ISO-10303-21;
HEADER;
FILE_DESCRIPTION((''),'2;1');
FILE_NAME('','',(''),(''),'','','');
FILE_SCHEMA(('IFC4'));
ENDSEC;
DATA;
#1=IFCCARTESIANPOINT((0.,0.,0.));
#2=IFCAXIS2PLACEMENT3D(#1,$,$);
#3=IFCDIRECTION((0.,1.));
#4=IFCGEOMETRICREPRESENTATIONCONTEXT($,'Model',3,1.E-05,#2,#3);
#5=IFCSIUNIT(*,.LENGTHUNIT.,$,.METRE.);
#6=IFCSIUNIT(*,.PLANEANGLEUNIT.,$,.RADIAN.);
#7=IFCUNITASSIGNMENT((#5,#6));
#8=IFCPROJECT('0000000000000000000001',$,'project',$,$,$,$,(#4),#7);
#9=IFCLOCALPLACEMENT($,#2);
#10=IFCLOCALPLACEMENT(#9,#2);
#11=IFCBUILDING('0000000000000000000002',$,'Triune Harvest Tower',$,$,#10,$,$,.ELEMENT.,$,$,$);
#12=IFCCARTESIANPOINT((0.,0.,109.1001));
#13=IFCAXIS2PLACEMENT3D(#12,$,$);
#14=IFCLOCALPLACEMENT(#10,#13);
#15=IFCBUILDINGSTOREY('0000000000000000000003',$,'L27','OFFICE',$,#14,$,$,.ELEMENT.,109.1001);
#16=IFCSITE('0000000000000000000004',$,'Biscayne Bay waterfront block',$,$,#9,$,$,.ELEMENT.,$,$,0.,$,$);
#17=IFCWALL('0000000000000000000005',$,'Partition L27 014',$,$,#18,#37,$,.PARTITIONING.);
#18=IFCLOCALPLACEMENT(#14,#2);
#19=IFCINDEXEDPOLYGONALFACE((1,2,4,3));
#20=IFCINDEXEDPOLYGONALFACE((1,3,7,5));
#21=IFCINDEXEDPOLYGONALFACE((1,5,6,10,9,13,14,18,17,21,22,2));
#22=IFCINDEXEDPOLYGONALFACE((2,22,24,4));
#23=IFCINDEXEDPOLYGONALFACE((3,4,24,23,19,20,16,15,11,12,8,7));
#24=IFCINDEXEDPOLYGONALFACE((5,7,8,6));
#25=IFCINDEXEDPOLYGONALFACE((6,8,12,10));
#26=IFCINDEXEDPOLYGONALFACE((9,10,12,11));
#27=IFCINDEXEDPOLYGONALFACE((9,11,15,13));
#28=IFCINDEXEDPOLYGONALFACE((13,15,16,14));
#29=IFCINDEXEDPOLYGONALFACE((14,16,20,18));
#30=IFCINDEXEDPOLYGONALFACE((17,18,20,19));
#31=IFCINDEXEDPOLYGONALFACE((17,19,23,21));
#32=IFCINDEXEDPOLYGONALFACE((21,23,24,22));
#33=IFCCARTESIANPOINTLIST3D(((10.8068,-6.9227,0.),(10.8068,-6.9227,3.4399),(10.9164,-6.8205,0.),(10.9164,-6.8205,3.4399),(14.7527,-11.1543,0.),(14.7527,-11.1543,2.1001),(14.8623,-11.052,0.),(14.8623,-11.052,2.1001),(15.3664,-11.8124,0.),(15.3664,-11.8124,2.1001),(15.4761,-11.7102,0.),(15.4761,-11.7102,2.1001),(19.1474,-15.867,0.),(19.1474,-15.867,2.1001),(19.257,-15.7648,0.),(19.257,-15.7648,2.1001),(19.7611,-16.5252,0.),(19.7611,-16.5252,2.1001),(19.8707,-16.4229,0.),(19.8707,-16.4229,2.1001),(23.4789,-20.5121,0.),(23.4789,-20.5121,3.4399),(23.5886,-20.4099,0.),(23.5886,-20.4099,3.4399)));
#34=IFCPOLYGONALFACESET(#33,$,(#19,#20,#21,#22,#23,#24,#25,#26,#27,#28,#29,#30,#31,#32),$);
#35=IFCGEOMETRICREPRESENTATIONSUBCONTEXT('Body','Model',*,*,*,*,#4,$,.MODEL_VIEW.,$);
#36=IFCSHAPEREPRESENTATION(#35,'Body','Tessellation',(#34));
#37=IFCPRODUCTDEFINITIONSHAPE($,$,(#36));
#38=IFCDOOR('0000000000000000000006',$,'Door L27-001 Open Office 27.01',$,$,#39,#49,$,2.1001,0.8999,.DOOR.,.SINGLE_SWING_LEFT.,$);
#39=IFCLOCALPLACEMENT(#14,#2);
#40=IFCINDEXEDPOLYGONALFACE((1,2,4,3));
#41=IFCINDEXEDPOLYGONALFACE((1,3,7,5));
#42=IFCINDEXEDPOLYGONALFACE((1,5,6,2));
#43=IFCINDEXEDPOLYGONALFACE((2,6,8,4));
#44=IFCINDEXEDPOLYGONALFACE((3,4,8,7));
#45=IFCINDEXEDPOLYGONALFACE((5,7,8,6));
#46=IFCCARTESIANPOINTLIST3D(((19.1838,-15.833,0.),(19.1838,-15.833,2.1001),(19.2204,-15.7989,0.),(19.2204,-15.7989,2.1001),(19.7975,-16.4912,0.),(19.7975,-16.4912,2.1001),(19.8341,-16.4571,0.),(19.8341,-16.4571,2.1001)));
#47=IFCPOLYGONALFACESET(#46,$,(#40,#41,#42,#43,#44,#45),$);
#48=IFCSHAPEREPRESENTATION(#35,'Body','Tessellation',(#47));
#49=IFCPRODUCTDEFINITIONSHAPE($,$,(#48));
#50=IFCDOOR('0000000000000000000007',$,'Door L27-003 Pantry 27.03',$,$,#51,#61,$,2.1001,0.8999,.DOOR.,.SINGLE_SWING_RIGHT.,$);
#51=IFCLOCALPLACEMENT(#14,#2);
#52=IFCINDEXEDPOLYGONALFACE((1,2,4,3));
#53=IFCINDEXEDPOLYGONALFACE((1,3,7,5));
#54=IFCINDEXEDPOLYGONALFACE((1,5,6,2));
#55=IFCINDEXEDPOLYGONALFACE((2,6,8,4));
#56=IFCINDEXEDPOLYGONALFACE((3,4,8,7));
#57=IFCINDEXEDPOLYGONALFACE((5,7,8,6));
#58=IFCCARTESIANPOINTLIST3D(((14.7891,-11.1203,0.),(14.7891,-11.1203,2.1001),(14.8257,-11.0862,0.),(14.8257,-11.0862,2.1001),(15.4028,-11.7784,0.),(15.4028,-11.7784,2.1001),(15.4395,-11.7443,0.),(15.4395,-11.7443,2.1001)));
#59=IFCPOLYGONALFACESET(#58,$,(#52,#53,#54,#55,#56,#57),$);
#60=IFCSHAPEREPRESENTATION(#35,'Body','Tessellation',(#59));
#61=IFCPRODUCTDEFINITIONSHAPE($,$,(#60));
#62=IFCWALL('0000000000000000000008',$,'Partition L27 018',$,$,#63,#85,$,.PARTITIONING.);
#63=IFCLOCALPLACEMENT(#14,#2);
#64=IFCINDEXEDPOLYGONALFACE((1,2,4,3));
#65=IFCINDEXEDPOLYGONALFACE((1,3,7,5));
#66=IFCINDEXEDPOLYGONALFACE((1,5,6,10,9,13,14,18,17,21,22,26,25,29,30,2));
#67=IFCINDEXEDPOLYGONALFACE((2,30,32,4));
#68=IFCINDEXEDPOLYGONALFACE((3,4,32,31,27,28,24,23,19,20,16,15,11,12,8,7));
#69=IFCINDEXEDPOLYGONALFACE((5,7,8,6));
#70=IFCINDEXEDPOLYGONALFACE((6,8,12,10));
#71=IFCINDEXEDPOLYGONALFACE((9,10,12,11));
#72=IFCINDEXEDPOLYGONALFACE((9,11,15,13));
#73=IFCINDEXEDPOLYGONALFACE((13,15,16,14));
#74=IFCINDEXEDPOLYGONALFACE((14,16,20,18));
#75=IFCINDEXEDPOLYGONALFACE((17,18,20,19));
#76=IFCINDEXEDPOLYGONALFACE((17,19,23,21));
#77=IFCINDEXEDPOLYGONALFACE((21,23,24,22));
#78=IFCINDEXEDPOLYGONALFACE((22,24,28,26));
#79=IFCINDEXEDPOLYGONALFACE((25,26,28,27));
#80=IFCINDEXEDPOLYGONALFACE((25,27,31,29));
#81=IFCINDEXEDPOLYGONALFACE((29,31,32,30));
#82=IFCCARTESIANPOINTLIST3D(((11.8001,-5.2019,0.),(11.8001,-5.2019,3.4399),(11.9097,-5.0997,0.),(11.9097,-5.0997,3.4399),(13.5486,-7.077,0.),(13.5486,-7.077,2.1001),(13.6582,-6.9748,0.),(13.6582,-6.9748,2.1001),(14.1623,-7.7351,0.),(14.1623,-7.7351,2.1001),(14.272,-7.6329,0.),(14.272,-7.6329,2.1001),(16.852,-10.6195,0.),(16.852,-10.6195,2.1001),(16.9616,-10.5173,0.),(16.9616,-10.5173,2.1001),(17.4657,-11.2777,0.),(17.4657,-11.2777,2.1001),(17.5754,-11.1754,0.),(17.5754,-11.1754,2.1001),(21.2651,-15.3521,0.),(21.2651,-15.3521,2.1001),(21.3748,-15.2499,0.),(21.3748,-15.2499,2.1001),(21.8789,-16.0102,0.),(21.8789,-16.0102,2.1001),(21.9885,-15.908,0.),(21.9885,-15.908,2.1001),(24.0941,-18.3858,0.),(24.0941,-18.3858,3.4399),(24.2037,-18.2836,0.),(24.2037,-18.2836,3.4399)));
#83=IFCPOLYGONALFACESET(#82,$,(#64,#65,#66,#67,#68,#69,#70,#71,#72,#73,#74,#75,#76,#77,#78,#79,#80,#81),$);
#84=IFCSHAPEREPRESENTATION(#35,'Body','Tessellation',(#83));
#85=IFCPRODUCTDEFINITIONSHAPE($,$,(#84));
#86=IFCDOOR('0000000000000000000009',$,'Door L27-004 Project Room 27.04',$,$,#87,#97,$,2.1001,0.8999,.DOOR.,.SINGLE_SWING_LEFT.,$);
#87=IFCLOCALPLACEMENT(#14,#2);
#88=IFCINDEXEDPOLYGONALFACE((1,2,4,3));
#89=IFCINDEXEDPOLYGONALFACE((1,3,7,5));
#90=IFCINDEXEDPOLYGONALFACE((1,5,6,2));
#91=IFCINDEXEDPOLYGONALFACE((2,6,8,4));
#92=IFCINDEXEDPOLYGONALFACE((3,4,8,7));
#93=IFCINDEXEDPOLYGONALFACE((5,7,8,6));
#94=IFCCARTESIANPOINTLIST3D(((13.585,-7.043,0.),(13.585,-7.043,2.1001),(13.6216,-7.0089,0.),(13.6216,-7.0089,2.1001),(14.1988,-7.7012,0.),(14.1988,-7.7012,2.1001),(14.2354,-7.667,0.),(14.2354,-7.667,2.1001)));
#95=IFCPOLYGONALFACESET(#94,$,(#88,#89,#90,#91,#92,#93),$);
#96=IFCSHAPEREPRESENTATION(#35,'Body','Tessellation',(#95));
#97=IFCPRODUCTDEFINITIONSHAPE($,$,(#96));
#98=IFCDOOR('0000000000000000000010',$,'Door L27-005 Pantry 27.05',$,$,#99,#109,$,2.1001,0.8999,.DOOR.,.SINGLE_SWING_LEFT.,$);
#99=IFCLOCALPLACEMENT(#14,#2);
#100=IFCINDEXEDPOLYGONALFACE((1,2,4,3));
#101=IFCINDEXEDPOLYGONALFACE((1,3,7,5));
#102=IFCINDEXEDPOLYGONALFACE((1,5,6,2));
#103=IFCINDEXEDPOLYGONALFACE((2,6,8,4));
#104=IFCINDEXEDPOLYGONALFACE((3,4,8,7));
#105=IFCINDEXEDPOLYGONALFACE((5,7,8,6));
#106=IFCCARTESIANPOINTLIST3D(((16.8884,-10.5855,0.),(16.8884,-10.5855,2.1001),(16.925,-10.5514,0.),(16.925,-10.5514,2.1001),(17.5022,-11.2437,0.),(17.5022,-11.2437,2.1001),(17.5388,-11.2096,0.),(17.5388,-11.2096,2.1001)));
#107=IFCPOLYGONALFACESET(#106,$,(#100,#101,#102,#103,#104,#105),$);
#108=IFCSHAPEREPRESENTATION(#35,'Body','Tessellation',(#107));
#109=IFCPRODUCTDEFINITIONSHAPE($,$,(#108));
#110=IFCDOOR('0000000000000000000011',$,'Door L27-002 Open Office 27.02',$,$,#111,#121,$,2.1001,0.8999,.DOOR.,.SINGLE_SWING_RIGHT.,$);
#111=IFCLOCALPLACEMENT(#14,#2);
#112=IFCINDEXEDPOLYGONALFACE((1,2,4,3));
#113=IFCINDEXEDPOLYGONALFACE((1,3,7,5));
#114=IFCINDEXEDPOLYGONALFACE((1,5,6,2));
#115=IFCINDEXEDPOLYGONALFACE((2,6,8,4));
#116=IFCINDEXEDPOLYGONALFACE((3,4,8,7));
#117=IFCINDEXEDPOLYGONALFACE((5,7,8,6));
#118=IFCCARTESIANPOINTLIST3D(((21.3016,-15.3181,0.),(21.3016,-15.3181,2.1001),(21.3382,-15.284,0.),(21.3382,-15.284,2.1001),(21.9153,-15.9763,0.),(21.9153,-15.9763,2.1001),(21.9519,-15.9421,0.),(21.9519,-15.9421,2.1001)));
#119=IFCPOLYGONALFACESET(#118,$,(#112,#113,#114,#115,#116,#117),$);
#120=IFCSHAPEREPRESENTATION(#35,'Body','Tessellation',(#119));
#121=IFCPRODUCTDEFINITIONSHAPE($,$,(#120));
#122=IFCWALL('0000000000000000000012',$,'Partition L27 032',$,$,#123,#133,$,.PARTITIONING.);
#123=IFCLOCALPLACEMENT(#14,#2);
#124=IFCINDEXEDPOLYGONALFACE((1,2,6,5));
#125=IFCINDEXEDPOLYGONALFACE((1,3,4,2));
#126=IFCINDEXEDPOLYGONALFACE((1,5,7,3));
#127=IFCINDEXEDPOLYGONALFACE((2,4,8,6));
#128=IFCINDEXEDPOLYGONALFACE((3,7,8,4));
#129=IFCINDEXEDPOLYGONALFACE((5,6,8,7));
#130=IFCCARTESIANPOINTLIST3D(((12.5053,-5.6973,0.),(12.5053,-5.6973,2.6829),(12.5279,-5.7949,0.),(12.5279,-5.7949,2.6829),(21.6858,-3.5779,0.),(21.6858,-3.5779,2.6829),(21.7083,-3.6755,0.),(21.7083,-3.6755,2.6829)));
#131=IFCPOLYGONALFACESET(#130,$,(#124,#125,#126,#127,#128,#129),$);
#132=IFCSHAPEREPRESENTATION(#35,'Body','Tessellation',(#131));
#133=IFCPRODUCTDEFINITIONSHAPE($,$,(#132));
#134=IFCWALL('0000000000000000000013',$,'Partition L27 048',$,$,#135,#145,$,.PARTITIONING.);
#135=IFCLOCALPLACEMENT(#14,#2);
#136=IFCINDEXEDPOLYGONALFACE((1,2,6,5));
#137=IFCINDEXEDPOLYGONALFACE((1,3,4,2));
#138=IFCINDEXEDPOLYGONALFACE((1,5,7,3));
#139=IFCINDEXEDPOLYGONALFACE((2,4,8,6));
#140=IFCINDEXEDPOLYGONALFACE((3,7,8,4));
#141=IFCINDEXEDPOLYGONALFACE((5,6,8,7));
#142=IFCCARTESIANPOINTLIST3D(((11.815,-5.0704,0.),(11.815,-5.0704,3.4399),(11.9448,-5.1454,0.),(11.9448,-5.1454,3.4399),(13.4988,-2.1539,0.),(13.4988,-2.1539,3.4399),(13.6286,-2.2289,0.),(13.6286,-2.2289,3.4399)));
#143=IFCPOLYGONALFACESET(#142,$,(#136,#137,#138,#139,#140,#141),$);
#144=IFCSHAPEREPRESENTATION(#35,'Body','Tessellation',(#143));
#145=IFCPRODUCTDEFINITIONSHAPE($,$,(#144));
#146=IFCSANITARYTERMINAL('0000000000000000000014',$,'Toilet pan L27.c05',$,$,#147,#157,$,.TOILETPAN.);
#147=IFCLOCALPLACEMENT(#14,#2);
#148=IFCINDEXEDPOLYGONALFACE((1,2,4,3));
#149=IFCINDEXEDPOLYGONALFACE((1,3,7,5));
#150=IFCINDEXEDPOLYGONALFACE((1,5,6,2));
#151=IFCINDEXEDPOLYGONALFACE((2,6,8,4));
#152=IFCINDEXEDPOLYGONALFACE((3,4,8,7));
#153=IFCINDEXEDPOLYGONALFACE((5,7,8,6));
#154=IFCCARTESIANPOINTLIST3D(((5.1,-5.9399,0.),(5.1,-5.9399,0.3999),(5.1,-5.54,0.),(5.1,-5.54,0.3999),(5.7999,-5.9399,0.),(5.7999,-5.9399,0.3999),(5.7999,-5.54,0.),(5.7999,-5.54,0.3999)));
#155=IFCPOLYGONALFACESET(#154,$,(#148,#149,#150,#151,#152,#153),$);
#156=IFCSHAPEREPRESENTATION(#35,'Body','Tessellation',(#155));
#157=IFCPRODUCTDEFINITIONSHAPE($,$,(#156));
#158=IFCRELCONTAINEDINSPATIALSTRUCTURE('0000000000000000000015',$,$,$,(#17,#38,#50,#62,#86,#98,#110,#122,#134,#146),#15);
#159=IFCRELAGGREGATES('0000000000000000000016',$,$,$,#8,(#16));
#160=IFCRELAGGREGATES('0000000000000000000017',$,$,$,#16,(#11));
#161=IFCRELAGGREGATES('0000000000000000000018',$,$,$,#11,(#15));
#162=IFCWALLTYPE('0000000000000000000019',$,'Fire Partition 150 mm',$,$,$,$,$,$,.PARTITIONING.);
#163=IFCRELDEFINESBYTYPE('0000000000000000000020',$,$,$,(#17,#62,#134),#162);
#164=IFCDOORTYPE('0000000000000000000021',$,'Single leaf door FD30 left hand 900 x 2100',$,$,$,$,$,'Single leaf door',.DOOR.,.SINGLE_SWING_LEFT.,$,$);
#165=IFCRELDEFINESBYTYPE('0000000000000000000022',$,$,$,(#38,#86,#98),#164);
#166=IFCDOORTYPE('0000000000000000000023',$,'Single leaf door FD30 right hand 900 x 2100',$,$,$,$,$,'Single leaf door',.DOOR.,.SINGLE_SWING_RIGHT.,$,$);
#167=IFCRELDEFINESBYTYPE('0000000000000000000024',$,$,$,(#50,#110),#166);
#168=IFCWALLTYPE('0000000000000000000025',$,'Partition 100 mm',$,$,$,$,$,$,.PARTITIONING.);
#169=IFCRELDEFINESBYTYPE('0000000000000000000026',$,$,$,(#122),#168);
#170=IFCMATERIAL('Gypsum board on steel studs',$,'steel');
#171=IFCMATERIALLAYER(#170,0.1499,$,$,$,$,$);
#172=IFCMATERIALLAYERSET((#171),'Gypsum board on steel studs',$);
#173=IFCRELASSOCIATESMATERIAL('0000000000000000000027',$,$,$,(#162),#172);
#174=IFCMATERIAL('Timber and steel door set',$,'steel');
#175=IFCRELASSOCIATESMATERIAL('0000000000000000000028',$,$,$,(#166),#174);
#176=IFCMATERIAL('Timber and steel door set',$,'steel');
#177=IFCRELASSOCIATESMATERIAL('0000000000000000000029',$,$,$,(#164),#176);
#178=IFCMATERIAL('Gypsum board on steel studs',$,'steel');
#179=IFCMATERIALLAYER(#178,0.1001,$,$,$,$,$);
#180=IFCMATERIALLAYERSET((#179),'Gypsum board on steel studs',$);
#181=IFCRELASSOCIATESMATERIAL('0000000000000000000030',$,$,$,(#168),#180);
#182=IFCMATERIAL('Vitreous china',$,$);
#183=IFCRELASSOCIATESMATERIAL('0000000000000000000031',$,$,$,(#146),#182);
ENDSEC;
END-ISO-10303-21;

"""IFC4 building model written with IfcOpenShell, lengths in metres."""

from ifc_helpers import new_model, si_unit, direction, frame, frame_2d, origin, origin_2d, place, context, subcontext, project, spatial, rectangle, extrude, source, transform, mapped, material, layer, layer_set, type_object, element, fill, save


model = new_model("IFC4")

# Units and contexts
model_context = context("Model", 3, precision=1e-05, world=origin(), true_north=direction((0.0, 1.0)))
body_context = subcontext(model_context, "Body", "Model", "MODEL_VIEW")
ifc_project = project(units=[si_unit("LENGTHUNIT", "METRE"), si_unit("PLANEANGLEUNIT", "RADIAN")], contexts=[model_context])

# Site, building, storey
site_placement = place(None, origin())
site = spatial("IfcSite", under=ifc_project, at=site_placement, Name="Biscayne Bay waterfront block", CompositionType="ELEMENT", RefElevation=0.0)
building_placement = place(site_placement, origin())
building = spatial("IfcBuilding", under=site, at=building_placement, Name="Triune Harvest Tower", CompositionType="ELEMENT")
storey_placement = place(building_placement, frame((0.0, 0.0, 109.1001)))
storey = spatial("IfcBuildingStorey", under=building, at=storey_placement, Name="L27", Description="OFFICE", CompositionType="ELEMENT", Elevation=109.1001)

# Shared definitions
ifc_material_1 = material(Name="Gypsum board on steel studs", Category="steel")
ifc_layer_1 = layer(ifc_material_1, 0.1499)
ifc_layer_set_1 = layer_set([ifc_layer_1], Name="Gypsum board on steel studs")
wall_type_1 = type_object("IfcWallType", Name="Fire Partition 150 mm", PredefinedType="PARTITIONING", material=ifc_layer_set_1)
ifc_material_2 = material(Name="Timber and steel door set", Category="steel")
door_type_1 = type_object("IfcDoorType", Name="Single leaf door FD30 right hand 900 x 2100", ElementType="Single leaf door", OperationType="SINGLE_SWING_RIGHT", PredefinedType="DOOR", material=ifc_material_2)

# Walls, openings, doors
shared_shape_1 = source(origin(), body_context, "Body", "SweptSolid", [
    extrude(rectangle(XDim=18.5811, YDim=0.1499, at=frame_2d((9.2905, 0.0))), origin(), (0.0, 0.0, 1.0), 3.4399),
])
wall_1_placement = place(storey_placement, frame((10.8616, -6.8716, 0.0), z_axis=(0.0, 0.0, 1.0), x_axis=(0.681994, -0.731358, 0.0)))
wall_1 = element("IfcWall", 1, at=wall_1_placement, inside=storey, type_object=wall_type_1, Name="Partition L27 014", PredefinedType="PARTITIONING", context=body_context, shape_type="MappedRepresentation", body=[
    mapped(shared_shape_1, transform((0.0, 0.0, 0.0), scale=1.0)),
])
opening_1_placement = place(wall_1_placement, frame((12.2297, 0.0, 0.0)))
opening_1 = element("IfcOpeningElement", 2, at=opening_1_placement, cuts=wall_1, PredefinedType="OPENING", context=body_context, shape_type="SweptSolid", body=[
    extrude(rectangle(XDim=0.8999, YDim=2.1001, at=frame_2d((0.45, 1.05))), frame((0.0, 0.085, 0.0), z_axis=(0.0, -1.0, 0.0), x_axis=(1.0, 0.0, 0.0)), (0.0, 0.0, 1.0), 0.1699),
])
opening_2_placement = place(wall_1_placement, frame((5.7859, 0.0, 0.0)))
opening_2 = element("IfcOpeningElement", 3, at=opening_2_placement, cuts=wall_1, PredefinedType="OPENING", context=body_context, shape_type="SweptSolid", body=[
    extrude(rectangle(XDim=0.8999, YDim=2.1001, at=frame_2d((0.45, 1.05))), frame((0.0, 0.085, 0.0), z_axis=(0.0, -1.0, 0.0), x_axis=(1.0, 0.0, 0.0)), (0.0, 0.0, 1.0), 0.1699),
])
ifc_material_3 = material(Name="Timber and steel door set", Category="steel")
door_type_2 = type_object("IfcDoorType", Name="Single leaf door FD30 left hand 900 x 2100", ElementType="Single leaf door", OperationType="SINGLE_SWING_LEFT", PredefinedType="DOOR", material=ifc_material_3)
door_1_placement = place(opening_1_placement, origin())
door_1 = element("IfcDoor", 4, at=door_1_placement, inside=storey, type_object=door_type_2, Name="Door L27-001 Open Office 27.01", OperationType="SINGLE_SWING_LEFT", OverallHeight=2.1001, OverallWidth=0.8999, PredefinedType="DOOR", context=body_context, shape_type="SweptSolid", body=[
    extrude(rectangle(XDim=0.8999, YDim=2.1001, at=frame_2d((0.45, 1.05))), frame((0.0, 0.0249, 0.0), z_axis=(0.0, -1.0, 0.0), x_axis=(1.0, 0.0, 0.0)), (0.0, 0.0, 1.0), 0.05),
])
fill(opening_1, door_1)
door_2_placement = place(opening_2_placement, origin())
door_2 = element("IfcDoor", 5, at=door_2_placement, inside=storey, type_object=door_type_1, Name="Door L27-003 Pantry 27.03", OperationType="SINGLE_SWING_RIGHT", OverallHeight=2.1001, OverallWidth=0.8999, PredefinedType="DOOR", context=body_context, shape_type="SweptSolid", body=[
    extrude(rectangle(XDim=0.8999, YDim=2.1001, at=frame_2d((0.45, 1.05))), frame((0.0, 0.0249, 0.0), z_axis=(0.0, -1.0, 0.0), x_axis=(1.0, 0.0, 0.0)), (0.0, 0.0, 1.0), 0.05),
])
fill(opening_2, door_2)
shared_shape_2 = source(origin(), body_context, "Body", "SweptSolid", [
    extrude(rectangle(XDim=18.0266, YDim=0.1499, at=frame_2d((9.0132, 0.0))), origin(), (0.0, 0.0, 1.0), 3.4399),
])
wall_2_placement = place(storey_placement, frame((11.855, -5.1509, 0.0), z_axis=(0.0, 0.0, 1.0), x_axis=(0.681993, -0.731359, 0.0)))
wall_2 = element("IfcWall", 6, at=wall_2_placement, inside=storey, type_object=wall_type_1, Name="Partition L27 018", PredefinedType="PARTITIONING", context=body_context, shape_type="MappedRepresentation", body=[
    mapped(shared_shape_2, transform((0.0, 0.0, 0.0), scale=1.0)),
])
opening_3_placement = place(wall_2_placement, frame((13.8784, 0.0, 0.0)))
opening_3 = element("IfcOpeningElement", 7, at=opening_3_placement, cuts=wall_2, PredefinedType="OPENING", context=body_context, shape_type="SweptSolid", body=[
    extrude(rectangle(XDim=0.8999, YDim=2.1001, at=frame_2d((0.45, 1.05))), frame((0.0, 0.085, 0.0), z_axis=(0.0, -1.0, 0.0), x_axis=(1.0, 0.0, 0.0)), (0.0, 0.0, 1.0), 0.1699),
])
opening_4_placement = place(wall_2_placement, frame((2.5637, 0.0, 0.0)))
opening_4 = element("IfcOpeningElement", 8, at=opening_4_placement, cuts=wall_2, PredefinedType="OPENING", context=body_context, shape_type="SweptSolid", body=[
    extrude(rectangle(XDim=0.8999, YDim=2.1001, at=frame_2d((0.45, 1.05))), frame((0.0, 0.085, 0.0), z_axis=(0.0, -1.0, 0.0), x_axis=(1.0, 0.0, 0.0)), (0.0, 0.0, 1.0), 0.1699),
])
opening_5_placement = place(wall_2_placement, frame((7.4075, 0.0, 0.0)))
opening_5 = element("IfcOpeningElement", 9, at=opening_5_placement, cuts=wall_2, PredefinedType="OPENING", context=body_context, shape_type="SweptSolid", body=[
    extrude(rectangle(XDim=0.8999, YDim=2.1001, at=frame_2d((0.45, 1.05))), frame((0.0, 0.085, 0.0), z_axis=(0.0, -1.0, 0.0), x_axis=(1.0, 0.0, 0.0)), (0.0, 0.0, 1.0), 0.1699),
])
door_3_placement = place(opening_4_placement, origin())
door_3 = element("IfcDoor", 10, at=door_3_placement, inside=storey, type_object=door_type_2, Name="Door L27-004 Project Room 27.04", OperationType="SINGLE_SWING_LEFT", OverallHeight=2.1001, OverallWidth=0.8999, PredefinedType="DOOR", context=body_context, shape_type="SweptSolid", body=[
    extrude(rectangle(XDim=0.8999, YDim=2.1001, at=frame_2d((0.45, 1.05))), frame((0.0, 0.0249, 0.0), z_axis=(0.0, -1.0, 0.0), x_axis=(1.0, 0.0, 0.0)), (0.0, 0.0, 1.0), 0.05),
])
fill(opening_4, door_3)
door_4_placement = place(opening_5_placement, origin())
door_4 = element("IfcDoor", 11, at=door_4_placement, inside=storey, type_object=door_type_2, Name="Door L27-005 Pantry 27.05", OperationType="SINGLE_SWING_LEFT", OverallHeight=2.1001, OverallWidth=0.8999, PredefinedType="DOOR", context=body_context, shape_type="SweptSolid", body=[
    extrude(rectangle(XDim=0.8999, YDim=2.1001, at=frame_2d((0.45, 1.05))), frame((0.0, 0.0249, 0.0), z_axis=(0.0, -1.0, 0.0), x_axis=(1.0, 0.0, 0.0)), (0.0, 0.0, 1.0), 0.05),
])
fill(opening_5, door_4)
door_5_placement = place(opening_3_placement, origin())
door_5 = element("IfcDoor", 12, at=door_5_placement, inside=storey, type_object=door_type_1, Name="Door L27-002 Open Office 27.02", OperationType="SINGLE_SWING_RIGHT", OverallHeight=2.1001, OverallWidth=0.8999, PredefinedType="DOOR", context=body_context, shape_type="SweptSolid", body=[
    extrude(rectangle(XDim=0.8999, YDim=2.1001, at=frame_2d((0.45, 1.05))), frame((0.0, 0.0249, 0.0), z_axis=(0.0, -1.0, 0.0), x_axis=(1.0, 0.0, 0.0)), (0.0, 0.0, 1.0), 0.05),
])
fill(opening_3, door_5)

# Walls
ifc_material_4 = material(Name="Gypsum board on steel studs", Category="steel")
ifc_layer_2 = layer(ifc_material_4, 0.1001)
ifc_layer_set_2 = layer_set([ifc_layer_2], Name="Gypsum board on steel studs")
wall_type_2 = type_object("IfcWallType", Name="Partition 100 mm", PredefinedType="PARTITIONING", material=ifc_layer_set_2)
shared_shape_3 = source(origin(), body_context, "Body", "SweptSolid", [
    extrude(rectangle(XDim=9.4219, YDim=0.1001, at=frame_2d((4.7109, 0.0))), origin(), (0.0, 0.0, 1.0), 2.6829),
])
wall_3_placement = place(storey_placement, frame((12.5166, -5.7461, 0.0), z_axis=(0.0, 0.0, 1.0), x_axis=(0.974372, 0.224943, 0.0)))
element("IfcWall", 13, at=wall_3_placement, inside=storey, type_object=wall_type_2, Name="Partition L27 032", PredefinedType="PARTITIONING", context=body_context, shape_type="MappedRepresentation", body=[
    mapped(shared_shape_3, transform((0.0, 0.0, 0.0), scale=1.0)),
])
shared_shape_4 = source(origin(), body_context, "Body", "SweptSolid", [
    extrude(rectangle(XDim=3.3677, YDim=0.1499, at=frame_2d((1.6838, 0.0))), origin(), (0.0, 0.0, 1.0), 3.4399),
])
wall_4_placement = place(storey_placement, frame((11.8799, -5.1079, 0.0), z_axis=(0.0, 0.0, 1.0), x_axis=(0.499999, 0.866026, 0.0)))
element("IfcWall", 14, at=wall_4_placement, inside=storey, type_object=wall_type_1, Name="Partition L27 048", PredefinedType="PARTITIONING", context=body_context, shape_type="MappedRepresentation", body=[
    mapped(shared_shape_4, transform((0.0, 0.0, 0.0), scale=1.0)),
])

# Sanitary terminal
ifc_material_5 = material(Name="Vitreous china")
shared_shape_5 = source(origin(), body_context, "Body", "SweptSolid", [
    extrude(rectangle(XDim=0.3999, YDim=0.7, at=origin_2d()), origin(), (0.0, 0.0, 1.0), 0.3999),
])
sanitary_terminal_1_placement = place(storey_placement, frame((5.45, -5.74, 0.0), z_axis=(0.0, 0.0, 1.0), x_axis=(0.0, 1.0, 0.0)))
element("IfcSanitaryTerminal", 15, at=sanitary_terminal_1_placement, inside=storey, material=ifc_material_5, Name="Toilet pan L27.c05", PredefinedType="TOILETPAN", context=body_context, shape_type="MappedRepresentation", body=[
    mapped(shared_shape_5, transform((0.0, 0.0, 0.0), scale=1.0)),
])

save(model, "model.ifc")
